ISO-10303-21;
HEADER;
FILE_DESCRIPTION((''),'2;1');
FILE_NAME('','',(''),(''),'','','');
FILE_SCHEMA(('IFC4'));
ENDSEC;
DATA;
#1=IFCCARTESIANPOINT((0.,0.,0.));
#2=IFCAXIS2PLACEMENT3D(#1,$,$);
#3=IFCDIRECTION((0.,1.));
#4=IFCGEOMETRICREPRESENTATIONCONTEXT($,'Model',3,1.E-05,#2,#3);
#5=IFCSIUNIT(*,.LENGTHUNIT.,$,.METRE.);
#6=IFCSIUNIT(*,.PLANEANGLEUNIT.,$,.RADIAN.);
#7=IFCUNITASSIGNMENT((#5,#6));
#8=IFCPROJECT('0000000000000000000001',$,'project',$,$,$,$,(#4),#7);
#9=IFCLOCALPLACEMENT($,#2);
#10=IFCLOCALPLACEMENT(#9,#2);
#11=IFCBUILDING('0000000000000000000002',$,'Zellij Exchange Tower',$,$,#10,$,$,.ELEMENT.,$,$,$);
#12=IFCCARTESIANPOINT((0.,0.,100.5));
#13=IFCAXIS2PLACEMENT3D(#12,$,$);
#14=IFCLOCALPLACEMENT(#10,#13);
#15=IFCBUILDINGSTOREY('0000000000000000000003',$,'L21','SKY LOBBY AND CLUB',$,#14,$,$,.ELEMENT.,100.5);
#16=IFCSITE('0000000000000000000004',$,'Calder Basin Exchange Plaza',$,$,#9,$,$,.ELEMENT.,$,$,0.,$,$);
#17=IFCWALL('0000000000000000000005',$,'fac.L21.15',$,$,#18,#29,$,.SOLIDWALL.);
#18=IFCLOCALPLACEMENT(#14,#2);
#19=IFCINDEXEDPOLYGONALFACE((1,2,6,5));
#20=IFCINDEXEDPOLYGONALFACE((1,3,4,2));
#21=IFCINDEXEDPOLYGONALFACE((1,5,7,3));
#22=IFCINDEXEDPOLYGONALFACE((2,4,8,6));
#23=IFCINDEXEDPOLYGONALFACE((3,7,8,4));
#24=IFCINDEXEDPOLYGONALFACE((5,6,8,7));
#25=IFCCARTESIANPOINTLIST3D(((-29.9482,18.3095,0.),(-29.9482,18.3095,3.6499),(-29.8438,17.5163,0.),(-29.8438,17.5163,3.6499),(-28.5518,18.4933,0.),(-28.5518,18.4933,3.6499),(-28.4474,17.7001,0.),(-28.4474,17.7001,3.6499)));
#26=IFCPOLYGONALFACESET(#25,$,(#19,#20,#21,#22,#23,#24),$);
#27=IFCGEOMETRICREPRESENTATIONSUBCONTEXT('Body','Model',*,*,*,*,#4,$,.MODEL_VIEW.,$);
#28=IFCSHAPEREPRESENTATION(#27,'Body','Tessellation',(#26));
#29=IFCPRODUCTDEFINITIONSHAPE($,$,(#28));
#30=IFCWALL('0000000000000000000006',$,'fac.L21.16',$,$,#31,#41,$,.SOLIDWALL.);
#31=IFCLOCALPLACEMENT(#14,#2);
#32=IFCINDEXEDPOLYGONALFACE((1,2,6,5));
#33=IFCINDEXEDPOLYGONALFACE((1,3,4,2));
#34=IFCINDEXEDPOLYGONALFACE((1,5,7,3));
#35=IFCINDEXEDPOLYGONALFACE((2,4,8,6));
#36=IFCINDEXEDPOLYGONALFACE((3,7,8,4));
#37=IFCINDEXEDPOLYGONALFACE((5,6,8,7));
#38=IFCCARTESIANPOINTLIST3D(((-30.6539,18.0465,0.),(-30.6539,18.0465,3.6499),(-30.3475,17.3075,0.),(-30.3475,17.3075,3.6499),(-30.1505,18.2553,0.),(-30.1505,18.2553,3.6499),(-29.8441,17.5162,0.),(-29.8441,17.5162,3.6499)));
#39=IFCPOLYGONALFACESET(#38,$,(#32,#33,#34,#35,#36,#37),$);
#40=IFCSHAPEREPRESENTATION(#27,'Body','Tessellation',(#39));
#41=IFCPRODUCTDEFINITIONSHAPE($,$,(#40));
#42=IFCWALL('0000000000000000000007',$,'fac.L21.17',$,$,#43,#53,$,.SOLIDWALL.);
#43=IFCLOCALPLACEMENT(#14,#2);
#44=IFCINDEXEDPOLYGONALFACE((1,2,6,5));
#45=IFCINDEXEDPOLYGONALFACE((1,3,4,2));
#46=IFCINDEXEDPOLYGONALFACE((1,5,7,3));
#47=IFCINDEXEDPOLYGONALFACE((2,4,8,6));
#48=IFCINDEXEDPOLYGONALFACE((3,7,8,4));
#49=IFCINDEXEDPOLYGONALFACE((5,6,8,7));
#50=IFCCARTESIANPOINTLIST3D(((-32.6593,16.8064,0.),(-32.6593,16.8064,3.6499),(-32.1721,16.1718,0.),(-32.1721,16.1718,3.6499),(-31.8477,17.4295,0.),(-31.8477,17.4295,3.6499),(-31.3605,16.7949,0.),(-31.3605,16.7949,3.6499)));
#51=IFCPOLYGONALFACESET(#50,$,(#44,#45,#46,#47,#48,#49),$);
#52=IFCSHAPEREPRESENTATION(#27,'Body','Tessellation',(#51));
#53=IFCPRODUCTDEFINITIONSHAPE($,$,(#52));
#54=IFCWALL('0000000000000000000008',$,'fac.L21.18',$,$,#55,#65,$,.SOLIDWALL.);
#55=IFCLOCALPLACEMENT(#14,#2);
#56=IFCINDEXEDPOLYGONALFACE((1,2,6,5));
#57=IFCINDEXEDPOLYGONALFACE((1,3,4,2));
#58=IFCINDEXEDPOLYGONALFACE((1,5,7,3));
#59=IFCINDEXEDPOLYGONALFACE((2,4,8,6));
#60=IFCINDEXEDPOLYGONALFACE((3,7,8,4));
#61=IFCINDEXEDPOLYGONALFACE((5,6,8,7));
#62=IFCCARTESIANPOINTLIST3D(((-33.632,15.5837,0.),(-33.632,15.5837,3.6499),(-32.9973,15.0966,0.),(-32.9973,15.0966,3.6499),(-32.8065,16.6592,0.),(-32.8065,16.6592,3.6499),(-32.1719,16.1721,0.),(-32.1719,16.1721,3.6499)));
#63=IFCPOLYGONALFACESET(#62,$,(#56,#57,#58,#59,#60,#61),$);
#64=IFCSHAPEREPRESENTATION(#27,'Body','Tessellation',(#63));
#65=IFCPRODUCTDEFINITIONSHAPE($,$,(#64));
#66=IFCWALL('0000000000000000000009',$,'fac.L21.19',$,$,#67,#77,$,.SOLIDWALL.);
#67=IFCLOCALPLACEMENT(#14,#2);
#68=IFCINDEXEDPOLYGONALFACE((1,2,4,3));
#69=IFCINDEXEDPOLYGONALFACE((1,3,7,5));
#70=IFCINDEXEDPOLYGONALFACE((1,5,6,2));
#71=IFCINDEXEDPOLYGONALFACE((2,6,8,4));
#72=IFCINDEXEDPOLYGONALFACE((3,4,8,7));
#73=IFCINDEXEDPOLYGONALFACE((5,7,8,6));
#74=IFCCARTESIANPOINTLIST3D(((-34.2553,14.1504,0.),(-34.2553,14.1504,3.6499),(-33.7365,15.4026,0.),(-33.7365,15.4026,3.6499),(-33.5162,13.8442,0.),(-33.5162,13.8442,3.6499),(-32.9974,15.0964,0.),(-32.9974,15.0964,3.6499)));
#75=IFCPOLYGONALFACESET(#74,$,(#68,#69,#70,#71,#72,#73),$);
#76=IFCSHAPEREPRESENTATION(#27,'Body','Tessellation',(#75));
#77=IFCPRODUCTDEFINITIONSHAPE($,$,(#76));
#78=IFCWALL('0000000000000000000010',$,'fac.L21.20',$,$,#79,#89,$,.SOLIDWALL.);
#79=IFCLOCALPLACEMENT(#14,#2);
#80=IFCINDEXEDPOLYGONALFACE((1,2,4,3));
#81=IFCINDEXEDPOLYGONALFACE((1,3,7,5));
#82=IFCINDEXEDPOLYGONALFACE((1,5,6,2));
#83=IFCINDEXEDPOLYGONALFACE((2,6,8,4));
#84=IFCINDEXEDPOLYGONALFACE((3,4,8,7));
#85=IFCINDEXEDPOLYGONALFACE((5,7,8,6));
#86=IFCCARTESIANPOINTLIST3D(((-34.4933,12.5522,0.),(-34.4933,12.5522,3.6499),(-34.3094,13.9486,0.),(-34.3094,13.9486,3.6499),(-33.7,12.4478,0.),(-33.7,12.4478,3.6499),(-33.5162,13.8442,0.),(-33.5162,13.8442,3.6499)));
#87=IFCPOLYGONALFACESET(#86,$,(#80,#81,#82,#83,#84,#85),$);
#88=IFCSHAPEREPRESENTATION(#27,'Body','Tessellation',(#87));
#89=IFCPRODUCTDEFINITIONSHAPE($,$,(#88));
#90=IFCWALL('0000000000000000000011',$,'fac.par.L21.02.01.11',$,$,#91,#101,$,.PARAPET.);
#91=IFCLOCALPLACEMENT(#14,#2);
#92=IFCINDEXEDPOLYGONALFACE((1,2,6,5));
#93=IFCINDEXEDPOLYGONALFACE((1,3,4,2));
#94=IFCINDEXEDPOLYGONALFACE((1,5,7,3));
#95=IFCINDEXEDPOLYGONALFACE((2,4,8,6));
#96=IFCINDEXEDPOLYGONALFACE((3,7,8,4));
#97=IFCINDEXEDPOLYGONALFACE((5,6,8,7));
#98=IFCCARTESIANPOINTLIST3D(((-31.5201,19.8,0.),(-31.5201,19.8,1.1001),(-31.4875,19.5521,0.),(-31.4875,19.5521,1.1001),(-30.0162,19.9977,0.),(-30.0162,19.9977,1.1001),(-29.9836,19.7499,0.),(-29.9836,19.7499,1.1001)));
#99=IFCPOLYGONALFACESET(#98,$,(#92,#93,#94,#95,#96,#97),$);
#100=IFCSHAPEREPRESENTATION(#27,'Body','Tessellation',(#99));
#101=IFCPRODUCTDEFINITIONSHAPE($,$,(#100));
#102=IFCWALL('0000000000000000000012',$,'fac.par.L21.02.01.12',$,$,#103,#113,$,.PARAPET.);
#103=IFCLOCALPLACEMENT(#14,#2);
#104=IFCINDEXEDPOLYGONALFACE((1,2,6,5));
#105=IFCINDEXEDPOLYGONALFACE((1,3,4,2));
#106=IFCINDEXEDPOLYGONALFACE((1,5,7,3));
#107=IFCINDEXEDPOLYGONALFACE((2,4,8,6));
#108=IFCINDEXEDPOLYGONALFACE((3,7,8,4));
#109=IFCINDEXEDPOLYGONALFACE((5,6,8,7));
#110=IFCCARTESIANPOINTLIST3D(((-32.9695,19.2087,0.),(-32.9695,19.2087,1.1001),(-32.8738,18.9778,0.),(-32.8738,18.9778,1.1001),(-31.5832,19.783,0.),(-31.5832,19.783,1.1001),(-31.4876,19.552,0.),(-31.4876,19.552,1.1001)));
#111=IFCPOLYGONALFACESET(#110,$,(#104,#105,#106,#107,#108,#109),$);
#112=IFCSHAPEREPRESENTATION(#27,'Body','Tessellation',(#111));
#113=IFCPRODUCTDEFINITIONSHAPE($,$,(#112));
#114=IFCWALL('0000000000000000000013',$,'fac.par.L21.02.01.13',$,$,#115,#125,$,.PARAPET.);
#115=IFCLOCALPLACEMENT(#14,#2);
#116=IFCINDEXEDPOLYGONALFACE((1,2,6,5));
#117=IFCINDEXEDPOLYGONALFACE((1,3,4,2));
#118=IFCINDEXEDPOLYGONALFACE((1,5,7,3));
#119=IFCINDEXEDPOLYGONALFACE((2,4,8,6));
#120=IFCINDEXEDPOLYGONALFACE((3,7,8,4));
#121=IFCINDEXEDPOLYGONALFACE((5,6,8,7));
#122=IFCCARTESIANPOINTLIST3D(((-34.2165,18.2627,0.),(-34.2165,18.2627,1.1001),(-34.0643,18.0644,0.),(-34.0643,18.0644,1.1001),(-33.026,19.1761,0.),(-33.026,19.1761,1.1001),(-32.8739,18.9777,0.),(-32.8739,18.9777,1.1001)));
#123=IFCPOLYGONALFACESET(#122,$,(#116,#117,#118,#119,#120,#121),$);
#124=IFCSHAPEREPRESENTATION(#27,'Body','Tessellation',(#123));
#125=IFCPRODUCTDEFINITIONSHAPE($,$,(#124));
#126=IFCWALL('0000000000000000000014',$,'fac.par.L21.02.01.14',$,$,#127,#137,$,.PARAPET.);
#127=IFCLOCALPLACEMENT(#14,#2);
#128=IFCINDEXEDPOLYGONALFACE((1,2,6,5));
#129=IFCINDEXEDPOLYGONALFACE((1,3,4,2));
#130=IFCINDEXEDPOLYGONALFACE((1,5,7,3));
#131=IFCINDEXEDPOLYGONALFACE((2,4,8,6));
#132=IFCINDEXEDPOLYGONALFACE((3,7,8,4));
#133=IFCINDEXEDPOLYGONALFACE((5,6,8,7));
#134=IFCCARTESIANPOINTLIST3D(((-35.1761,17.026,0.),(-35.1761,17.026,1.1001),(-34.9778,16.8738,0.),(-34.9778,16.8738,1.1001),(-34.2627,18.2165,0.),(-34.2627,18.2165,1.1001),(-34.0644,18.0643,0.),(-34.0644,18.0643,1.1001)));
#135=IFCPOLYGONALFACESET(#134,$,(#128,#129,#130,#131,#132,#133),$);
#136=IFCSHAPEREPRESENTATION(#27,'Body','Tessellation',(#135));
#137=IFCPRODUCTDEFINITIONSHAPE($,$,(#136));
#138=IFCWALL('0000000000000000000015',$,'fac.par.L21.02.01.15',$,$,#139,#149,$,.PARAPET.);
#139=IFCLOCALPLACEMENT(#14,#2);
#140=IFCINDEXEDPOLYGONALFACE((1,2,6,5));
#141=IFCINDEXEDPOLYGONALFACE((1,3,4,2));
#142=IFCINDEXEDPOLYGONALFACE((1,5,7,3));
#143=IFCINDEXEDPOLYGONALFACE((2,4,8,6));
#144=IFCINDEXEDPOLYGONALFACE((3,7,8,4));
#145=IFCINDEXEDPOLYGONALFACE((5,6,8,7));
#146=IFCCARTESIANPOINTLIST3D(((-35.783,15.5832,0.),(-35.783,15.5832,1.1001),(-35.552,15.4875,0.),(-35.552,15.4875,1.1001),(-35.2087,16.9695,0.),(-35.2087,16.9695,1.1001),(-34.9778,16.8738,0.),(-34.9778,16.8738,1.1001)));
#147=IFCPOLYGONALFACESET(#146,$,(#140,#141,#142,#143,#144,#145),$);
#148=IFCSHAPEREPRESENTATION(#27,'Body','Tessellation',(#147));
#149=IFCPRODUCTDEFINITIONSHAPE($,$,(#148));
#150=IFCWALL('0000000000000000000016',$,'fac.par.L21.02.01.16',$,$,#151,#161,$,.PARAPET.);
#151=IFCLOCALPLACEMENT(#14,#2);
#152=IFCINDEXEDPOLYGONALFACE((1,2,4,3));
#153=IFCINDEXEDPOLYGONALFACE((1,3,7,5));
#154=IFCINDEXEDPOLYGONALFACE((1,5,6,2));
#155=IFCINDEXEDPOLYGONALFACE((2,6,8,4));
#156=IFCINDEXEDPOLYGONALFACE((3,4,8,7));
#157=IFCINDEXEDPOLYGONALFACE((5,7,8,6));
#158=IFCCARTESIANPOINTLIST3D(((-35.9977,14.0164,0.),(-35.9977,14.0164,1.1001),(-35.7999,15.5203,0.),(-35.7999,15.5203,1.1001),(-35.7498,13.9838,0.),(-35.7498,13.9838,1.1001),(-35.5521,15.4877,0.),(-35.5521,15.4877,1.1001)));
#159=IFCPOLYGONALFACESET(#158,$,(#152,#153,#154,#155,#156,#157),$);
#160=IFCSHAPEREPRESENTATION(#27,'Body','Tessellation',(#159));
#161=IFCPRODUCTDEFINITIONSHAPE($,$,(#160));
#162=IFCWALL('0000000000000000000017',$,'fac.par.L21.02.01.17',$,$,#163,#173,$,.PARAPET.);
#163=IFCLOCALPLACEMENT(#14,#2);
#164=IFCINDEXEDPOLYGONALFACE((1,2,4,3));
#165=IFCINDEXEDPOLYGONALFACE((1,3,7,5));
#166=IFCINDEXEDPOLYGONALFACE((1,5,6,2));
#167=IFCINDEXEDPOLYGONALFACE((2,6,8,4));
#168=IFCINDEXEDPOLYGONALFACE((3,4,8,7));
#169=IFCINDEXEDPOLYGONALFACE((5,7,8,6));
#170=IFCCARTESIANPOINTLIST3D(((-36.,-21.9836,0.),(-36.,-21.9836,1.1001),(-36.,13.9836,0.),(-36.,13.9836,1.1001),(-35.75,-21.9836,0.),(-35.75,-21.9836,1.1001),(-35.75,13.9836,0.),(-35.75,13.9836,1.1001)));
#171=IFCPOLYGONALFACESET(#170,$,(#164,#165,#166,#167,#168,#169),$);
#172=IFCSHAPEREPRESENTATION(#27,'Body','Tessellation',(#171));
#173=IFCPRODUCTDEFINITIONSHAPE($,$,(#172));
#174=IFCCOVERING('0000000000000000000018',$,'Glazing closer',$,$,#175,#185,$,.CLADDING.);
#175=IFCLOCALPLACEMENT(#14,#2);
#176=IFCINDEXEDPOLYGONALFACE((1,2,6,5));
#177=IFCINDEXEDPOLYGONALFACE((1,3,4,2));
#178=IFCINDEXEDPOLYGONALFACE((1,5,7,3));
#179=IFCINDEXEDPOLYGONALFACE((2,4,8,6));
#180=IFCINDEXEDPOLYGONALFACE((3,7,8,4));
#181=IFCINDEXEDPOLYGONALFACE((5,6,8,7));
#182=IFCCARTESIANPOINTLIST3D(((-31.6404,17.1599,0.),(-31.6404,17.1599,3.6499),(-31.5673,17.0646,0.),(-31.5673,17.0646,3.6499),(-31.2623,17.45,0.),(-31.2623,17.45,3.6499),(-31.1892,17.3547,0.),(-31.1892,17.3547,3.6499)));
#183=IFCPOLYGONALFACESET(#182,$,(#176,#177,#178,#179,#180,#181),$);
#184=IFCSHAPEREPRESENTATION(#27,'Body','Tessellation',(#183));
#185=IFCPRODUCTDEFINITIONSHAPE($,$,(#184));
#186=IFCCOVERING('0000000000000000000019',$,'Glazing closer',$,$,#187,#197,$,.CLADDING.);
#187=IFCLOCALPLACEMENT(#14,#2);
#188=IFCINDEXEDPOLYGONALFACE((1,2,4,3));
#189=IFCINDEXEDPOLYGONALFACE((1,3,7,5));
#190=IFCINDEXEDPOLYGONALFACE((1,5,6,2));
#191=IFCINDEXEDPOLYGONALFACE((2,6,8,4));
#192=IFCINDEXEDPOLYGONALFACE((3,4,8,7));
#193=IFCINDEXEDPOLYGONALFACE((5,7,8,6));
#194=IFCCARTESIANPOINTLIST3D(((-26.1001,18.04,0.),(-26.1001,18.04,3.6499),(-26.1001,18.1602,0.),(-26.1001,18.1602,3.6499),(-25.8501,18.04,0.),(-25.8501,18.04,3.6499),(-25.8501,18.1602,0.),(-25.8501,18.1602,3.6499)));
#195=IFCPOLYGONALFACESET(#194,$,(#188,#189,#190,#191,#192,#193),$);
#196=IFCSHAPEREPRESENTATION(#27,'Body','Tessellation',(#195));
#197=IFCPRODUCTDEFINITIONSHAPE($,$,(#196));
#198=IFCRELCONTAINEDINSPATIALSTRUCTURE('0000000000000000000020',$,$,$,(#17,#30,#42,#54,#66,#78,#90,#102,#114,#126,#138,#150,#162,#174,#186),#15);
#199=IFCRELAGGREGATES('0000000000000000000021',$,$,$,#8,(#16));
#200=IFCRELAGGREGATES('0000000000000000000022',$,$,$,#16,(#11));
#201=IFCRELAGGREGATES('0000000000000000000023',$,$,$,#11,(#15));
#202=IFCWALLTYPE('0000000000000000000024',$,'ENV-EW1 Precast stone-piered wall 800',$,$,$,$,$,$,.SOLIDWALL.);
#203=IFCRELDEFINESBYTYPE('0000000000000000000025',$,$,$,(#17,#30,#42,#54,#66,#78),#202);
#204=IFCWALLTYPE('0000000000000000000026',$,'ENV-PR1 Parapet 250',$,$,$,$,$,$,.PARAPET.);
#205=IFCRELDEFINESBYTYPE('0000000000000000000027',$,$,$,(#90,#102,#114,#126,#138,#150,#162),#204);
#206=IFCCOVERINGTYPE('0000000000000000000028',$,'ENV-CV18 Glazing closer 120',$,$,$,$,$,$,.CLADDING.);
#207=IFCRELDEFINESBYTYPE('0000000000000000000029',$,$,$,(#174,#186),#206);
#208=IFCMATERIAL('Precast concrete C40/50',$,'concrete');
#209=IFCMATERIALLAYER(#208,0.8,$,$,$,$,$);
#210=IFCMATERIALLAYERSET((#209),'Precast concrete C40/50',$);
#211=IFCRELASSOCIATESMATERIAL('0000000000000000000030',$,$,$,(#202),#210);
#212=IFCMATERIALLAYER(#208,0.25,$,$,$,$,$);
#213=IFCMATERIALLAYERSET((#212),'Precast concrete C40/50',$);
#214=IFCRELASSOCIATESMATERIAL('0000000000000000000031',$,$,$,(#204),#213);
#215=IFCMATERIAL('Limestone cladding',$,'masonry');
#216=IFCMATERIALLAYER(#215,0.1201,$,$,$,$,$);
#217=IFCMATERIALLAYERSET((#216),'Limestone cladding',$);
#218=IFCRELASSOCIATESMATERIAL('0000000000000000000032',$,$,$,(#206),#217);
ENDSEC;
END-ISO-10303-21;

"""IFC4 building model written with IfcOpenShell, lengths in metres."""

from ifc_helpers import new_model, si_unit, direction, frame, frame_2d, origin, origin_2d, place, context, subcontext, project, spatial, rectangle, extrude, material, layer, layer_set, type_object, element, save


model = new_model("IFC4")

# Units and contexts
model_context = context("Model", 3, precision=1e-05, world=origin(), true_north=direction((0.0, 1.0)))
body_context = subcontext(model_context, "Body", "Model", "MODEL_VIEW")
ifc_project = project(units=[si_unit("LENGTHUNIT", "METRE"), si_unit("PLANEANGLEUNIT", "RADIAN")], contexts=[model_context])

# Site, building, storey
site_placement = place(None, origin())
site = spatial("IfcSite", under=ifc_project, at=site_placement, Name="Calder Basin Exchange Plaza", CompositionType="ELEMENT", RefElevation=0.0)
building_placement = place(site_placement, origin())
building = spatial("IfcBuilding", under=site, at=building_placement, Name="Zellij Exchange Tower", CompositionType="ELEMENT")
storey_placement = place(building_placement, frame((0.0, 0.0, 100.5)))
storey = spatial("IfcBuildingStorey", under=building, at=storey_placement, Name="L21", Description="SKY LOBBY AND CLUB", CompositionType="ELEMENT", Elevation=100.5)

# Walls
ifc_material_1 = material(Name="Precast concrete C40/50", Category="concrete")
ifc_layer_1 = layer(ifc_material_1, 0.8)
ifc_layer_set_1 = layer_set([ifc_layer_1], Name="Precast concrete C40/50")
wall_type_1 = type_object("IfcWallType", Name="ENV-EW1 Precast stone-piered wall 800", PredefinedType="SOLIDWALL", material=ifc_layer_set_1)
wall_1_placement = place(storey_placement, frame((-28.4998, 18.0967, 0.0), z_axis=(0.0, 0.0, 1.0), x_axis=(-0.991446, -0.130517, 0.0)))
element("IfcWall", 1, at=wall_1_placement, inside=storey, type_object=wall_type_1, Name="fac.L21.15", PredefinedType="SOLIDWALL", context=body_context, shape_type="SweptSolid", body=[
    extrude(rectangle(XDim=1.4084, YDim=0.8, at=frame_2d((0.7041, 0.0))), origin(), (0.0, 0.0, 1.0), 3.6499),
])
wall_2_placement = place(storey_placement, frame((-29.9973, 17.8857, 0.0), z_axis=(0.0, 0.0, 1.0), x_axis=(-0.923738, -0.383024, 0.0)))
element("IfcWall", 2, at=wall_2_placement, inside=storey, type_object=wall_type_1, Name="fac.L21.16", PredefinedType="SOLIDWALL", context=body_context, shape_type="SweptSolid", body=[
    extrude(rectangle(XDim=0.5449, YDim=0.8, at=frame_2d((0.2725, 0.0))), origin(), (0.0, 0.0, 1.0), 3.6499),
])
wall_3_placement = place(storey_placement, frame((-31.604, 17.1123, 0.0), z_axis=(0.0, 0.0, 1.0), x_axis=(-0.793191, -0.608972, 0.0)))
element("IfcWall", 3, at=wall_3_placement, inside=storey, type_object=wall_type_1, Name="fac.L21.17", PredefinedType="SOLIDWALL", context=body_context, shape_type="SweptSolid", body=[
    extrude(rectangle(XDim=1.0232, YDim=0.8, at=frame_2d((0.5117, 0.0))), origin(), (0.0, 0.0, 1.0), 3.6499),
])
wall_4_placement = place(storey_placement, frame((-32.4893, 16.4155, 0.0), z_axis=(0.0, 0.0, 1.0), x_axis=(-0.608866, -0.793273, 0.0)))
element("IfcWall", 4, at=wall_4_placement, inside=storey, type_object=wall_type_1, Name="fac.L21.18", PredefinedType="SOLIDWALL", context=body_context, shape_type="SweptSolid", body=[
    extrude(rectangle(XDim=1.3557, YDim=0.8, at=frame_2d((0.6777, 0.0))), origin(), (0.0, 0.0, 1.0), 3.6499),
])
wall_5_placement = place(storey_placement, frame((-33.3669, 15.2495, 0.0), z_axis=(0.0, 0.0, 1.0), x_axis=(-0.38276, -0.923848, 0.0)))
element("IfcWall", 5, at=wall_5_placement, inside=storey, type_object=wall_type_1, Name="fac.L21.19", PredefinedType="SOLIDWALL", context=body_context, shape_type="SweptSolid", body=[
    extrude(rectangle(XDim=1.3555, YDim=0.8, at=frame_2d((0.6777, 0.0))), origin(), (0.0, 0.0, 1.0), 3.6499),
])
wall_6_placement = place(storey_placement, frame((-33.9128, 13.8962, 0.0), z_axis=(0.0, 0.0, 1.0), x_axis=(-0.130517, -0.991446, 0.0)))
element("IfcWall", 6, at=wall_6_placement, inside=storey, type_object=wall_type_1, Name="fac.L21.20", PredefinedType="SOLIDWALL", context=body_context, shape_type="SweptSolid", body=[
    extrude(rectangle(XDim=1.4084, YDim=0.8, at=frame_2d((0.7041, 0.0))), origin(), (0.0, 0.0, 1.0), 3.6499),
])
ifc_layer_2 = layer(ifc_material_1, 0.25)
ifc_layer_set_2 = layer_set([ifc_layer_2], Name="Precast concrete C40/50")
wall_type_2 = type_object("IfcWallType", Name="ENV-PR1 Parapet 250", PredefinedType="PARAPET", material=ifc_layer_set_2)
wall_7_placement = place(storey_placement, frame((-30.0, 19.8738, 0.0), z_axis=(0.0, 0.0, 1.0), x_axis=(-0.991465, -0.130371, 0.0)))
element("IfcWall", 7, at=wall_7_placement, inside=storey, type_object=wall_type_2, Name="fac.par.L21.02.01.11", PredefinedType="PARAPET", context=body_context, shape_type="SweptSolid", body=[
    extrude(rectangle(XDim=1.5168, YDim=0.25, at=frame_2d((0.7583, 0.0))), origin(), (0.0, 0.0, 1.0), 1.1001),
])
for number, where, z_axis, x_axis, name in (
    (8, (-31.5354, 19.6675, 0.0), (0.0, 0.0, 1.0), (-0.923874, -0.382697, 0.0), "fac.par.L21.02.01.12"),
    (9, (-32.95, 19.0769, 0.0), (0.0, 0.0, 1.0), (-0.793392, -0.608712, 0.0), "fac.par.L21.02.01.13"),
    (10, (-34.1636, 18.1404, 0.0), (0.0, 0.0, 1.0), (-0.608712, -0.793392, 0.0), "fac.par.L21.02.01.14"),
    (11, (-35.0933, 16.9216, 0.0), (0.0, 0.0, 1.0), (-0.382697, -0.923874, 0.0), "fac.par.L21.02.01.15"),
):
    element("IfcWall", number, at=place(storey_placement, frame(where, z_axis=z_axis, x_axis=x_axis)), inside=storey, type_object=wall_type_2, Name=name, PredefinedType="PARAPET", context=body_context, shape_type="SweptSolid", body=[
        extrude(rectangle(XDim=1.5005, YDim=0.25, at=frame_2d((0.7502, 0.0))), origin(), (0.0, 0.0, 1.0), 1.1001),
    ])
wall_8_placement = place(storey_placement, frame((-35.676, 15.5039, 0.0), z_axis=(0.0, 0.0, 1.0), x_axis=(-0.130371, -0.991465, 0.0)))
element("IfcWall", 12, at=wall_8_placement, inside=storey, type_object=wall_type_2, Name="fac.par.L21.02.01.16", PredefinedType="PARAPET", context=body_context, shape_type="SweptSolid", body=[
    extrude(rectangle(XDim=1.5168, YDim=0.25, at=frame_2d((0.7583, 0.0))), origin(), (0.0, 0.0, 1.0), 1.1001),
])
wall_9_placement = place(storey_placement, frame((-35.875, 13.9836, 0.0), z_axis=(0.0, 0.0, 1.0), x_axis=(0.0, -1.0, 0.0)))
element("IfcWall", 13, at=wall_9_placement, inside=storey, type_object=wall_type_2, Name="fac.par.L21.02.01.17", PredefinedType="PARAPET", context=body_context, shape_type="SweptSolid", body=[
    extrude(rectangle(XDim=35.9673, YDim=0.25, at=frame_2d((17.9836, 0.0))), origin(), (0.0, 0.0, 1.0), 1.1001),
])

# Coverings
ifc_material_2 = material(Name="Limestone cladding", Category="masonry")
ifc_layer_3 = layer(ifc_material_2, 0.1201)
ifc_layer_set_3 = layer_set([ifc_layer_3], Name="Limestone cladding")
covering_type_1 = type_object("IfcCoveringType", Name="ENV-CV18 Glazing closer 120", PredefinedType="CLADDING", material=ifc_layer_set_3)
covering_1_placement = place(storey_placement, frame((-31.4148, 17.2573, 0.0), z_axis=(0.0, 0.0, 1.0), x_axis=(0.793316, 0.60881, 0.0)))
element("IfcCovering", 14, at=covering_1_placement, inside=storey, type_object=covering_type_1, Name="Glazing closer", PredefinedType="CLADDING", context=body_context, shape_type="SweptSolid", body=[
    extrude(rectangle(XDim=0.4766, YDim=0.1201, at=origin_2d()), origin(), (0.0, 0.0, 1.0), 3.6499),
])
covering_2_placement = place(storey_placement, frame((-25.9751, 18.1001, 0.0), z_axis=(0.0, 0.0, 1.0), x_axis=(-1.0, 0.0, 0.0)))
element("IfcCovering", 15, at=covering_2_placement, inside=storey, type_object=covering_type_1, Name="Glazing closer", PredefinedType="CLADDING", context=body_context, shape_type="SweptSolid", body=[
    extrude(rectangle(XDim=0.25, YDim=0.1201, at=origin_2d()), origin(), (0.0, 0.0, 1.0), 3.6499),
])

save(model, "model.ifc")
